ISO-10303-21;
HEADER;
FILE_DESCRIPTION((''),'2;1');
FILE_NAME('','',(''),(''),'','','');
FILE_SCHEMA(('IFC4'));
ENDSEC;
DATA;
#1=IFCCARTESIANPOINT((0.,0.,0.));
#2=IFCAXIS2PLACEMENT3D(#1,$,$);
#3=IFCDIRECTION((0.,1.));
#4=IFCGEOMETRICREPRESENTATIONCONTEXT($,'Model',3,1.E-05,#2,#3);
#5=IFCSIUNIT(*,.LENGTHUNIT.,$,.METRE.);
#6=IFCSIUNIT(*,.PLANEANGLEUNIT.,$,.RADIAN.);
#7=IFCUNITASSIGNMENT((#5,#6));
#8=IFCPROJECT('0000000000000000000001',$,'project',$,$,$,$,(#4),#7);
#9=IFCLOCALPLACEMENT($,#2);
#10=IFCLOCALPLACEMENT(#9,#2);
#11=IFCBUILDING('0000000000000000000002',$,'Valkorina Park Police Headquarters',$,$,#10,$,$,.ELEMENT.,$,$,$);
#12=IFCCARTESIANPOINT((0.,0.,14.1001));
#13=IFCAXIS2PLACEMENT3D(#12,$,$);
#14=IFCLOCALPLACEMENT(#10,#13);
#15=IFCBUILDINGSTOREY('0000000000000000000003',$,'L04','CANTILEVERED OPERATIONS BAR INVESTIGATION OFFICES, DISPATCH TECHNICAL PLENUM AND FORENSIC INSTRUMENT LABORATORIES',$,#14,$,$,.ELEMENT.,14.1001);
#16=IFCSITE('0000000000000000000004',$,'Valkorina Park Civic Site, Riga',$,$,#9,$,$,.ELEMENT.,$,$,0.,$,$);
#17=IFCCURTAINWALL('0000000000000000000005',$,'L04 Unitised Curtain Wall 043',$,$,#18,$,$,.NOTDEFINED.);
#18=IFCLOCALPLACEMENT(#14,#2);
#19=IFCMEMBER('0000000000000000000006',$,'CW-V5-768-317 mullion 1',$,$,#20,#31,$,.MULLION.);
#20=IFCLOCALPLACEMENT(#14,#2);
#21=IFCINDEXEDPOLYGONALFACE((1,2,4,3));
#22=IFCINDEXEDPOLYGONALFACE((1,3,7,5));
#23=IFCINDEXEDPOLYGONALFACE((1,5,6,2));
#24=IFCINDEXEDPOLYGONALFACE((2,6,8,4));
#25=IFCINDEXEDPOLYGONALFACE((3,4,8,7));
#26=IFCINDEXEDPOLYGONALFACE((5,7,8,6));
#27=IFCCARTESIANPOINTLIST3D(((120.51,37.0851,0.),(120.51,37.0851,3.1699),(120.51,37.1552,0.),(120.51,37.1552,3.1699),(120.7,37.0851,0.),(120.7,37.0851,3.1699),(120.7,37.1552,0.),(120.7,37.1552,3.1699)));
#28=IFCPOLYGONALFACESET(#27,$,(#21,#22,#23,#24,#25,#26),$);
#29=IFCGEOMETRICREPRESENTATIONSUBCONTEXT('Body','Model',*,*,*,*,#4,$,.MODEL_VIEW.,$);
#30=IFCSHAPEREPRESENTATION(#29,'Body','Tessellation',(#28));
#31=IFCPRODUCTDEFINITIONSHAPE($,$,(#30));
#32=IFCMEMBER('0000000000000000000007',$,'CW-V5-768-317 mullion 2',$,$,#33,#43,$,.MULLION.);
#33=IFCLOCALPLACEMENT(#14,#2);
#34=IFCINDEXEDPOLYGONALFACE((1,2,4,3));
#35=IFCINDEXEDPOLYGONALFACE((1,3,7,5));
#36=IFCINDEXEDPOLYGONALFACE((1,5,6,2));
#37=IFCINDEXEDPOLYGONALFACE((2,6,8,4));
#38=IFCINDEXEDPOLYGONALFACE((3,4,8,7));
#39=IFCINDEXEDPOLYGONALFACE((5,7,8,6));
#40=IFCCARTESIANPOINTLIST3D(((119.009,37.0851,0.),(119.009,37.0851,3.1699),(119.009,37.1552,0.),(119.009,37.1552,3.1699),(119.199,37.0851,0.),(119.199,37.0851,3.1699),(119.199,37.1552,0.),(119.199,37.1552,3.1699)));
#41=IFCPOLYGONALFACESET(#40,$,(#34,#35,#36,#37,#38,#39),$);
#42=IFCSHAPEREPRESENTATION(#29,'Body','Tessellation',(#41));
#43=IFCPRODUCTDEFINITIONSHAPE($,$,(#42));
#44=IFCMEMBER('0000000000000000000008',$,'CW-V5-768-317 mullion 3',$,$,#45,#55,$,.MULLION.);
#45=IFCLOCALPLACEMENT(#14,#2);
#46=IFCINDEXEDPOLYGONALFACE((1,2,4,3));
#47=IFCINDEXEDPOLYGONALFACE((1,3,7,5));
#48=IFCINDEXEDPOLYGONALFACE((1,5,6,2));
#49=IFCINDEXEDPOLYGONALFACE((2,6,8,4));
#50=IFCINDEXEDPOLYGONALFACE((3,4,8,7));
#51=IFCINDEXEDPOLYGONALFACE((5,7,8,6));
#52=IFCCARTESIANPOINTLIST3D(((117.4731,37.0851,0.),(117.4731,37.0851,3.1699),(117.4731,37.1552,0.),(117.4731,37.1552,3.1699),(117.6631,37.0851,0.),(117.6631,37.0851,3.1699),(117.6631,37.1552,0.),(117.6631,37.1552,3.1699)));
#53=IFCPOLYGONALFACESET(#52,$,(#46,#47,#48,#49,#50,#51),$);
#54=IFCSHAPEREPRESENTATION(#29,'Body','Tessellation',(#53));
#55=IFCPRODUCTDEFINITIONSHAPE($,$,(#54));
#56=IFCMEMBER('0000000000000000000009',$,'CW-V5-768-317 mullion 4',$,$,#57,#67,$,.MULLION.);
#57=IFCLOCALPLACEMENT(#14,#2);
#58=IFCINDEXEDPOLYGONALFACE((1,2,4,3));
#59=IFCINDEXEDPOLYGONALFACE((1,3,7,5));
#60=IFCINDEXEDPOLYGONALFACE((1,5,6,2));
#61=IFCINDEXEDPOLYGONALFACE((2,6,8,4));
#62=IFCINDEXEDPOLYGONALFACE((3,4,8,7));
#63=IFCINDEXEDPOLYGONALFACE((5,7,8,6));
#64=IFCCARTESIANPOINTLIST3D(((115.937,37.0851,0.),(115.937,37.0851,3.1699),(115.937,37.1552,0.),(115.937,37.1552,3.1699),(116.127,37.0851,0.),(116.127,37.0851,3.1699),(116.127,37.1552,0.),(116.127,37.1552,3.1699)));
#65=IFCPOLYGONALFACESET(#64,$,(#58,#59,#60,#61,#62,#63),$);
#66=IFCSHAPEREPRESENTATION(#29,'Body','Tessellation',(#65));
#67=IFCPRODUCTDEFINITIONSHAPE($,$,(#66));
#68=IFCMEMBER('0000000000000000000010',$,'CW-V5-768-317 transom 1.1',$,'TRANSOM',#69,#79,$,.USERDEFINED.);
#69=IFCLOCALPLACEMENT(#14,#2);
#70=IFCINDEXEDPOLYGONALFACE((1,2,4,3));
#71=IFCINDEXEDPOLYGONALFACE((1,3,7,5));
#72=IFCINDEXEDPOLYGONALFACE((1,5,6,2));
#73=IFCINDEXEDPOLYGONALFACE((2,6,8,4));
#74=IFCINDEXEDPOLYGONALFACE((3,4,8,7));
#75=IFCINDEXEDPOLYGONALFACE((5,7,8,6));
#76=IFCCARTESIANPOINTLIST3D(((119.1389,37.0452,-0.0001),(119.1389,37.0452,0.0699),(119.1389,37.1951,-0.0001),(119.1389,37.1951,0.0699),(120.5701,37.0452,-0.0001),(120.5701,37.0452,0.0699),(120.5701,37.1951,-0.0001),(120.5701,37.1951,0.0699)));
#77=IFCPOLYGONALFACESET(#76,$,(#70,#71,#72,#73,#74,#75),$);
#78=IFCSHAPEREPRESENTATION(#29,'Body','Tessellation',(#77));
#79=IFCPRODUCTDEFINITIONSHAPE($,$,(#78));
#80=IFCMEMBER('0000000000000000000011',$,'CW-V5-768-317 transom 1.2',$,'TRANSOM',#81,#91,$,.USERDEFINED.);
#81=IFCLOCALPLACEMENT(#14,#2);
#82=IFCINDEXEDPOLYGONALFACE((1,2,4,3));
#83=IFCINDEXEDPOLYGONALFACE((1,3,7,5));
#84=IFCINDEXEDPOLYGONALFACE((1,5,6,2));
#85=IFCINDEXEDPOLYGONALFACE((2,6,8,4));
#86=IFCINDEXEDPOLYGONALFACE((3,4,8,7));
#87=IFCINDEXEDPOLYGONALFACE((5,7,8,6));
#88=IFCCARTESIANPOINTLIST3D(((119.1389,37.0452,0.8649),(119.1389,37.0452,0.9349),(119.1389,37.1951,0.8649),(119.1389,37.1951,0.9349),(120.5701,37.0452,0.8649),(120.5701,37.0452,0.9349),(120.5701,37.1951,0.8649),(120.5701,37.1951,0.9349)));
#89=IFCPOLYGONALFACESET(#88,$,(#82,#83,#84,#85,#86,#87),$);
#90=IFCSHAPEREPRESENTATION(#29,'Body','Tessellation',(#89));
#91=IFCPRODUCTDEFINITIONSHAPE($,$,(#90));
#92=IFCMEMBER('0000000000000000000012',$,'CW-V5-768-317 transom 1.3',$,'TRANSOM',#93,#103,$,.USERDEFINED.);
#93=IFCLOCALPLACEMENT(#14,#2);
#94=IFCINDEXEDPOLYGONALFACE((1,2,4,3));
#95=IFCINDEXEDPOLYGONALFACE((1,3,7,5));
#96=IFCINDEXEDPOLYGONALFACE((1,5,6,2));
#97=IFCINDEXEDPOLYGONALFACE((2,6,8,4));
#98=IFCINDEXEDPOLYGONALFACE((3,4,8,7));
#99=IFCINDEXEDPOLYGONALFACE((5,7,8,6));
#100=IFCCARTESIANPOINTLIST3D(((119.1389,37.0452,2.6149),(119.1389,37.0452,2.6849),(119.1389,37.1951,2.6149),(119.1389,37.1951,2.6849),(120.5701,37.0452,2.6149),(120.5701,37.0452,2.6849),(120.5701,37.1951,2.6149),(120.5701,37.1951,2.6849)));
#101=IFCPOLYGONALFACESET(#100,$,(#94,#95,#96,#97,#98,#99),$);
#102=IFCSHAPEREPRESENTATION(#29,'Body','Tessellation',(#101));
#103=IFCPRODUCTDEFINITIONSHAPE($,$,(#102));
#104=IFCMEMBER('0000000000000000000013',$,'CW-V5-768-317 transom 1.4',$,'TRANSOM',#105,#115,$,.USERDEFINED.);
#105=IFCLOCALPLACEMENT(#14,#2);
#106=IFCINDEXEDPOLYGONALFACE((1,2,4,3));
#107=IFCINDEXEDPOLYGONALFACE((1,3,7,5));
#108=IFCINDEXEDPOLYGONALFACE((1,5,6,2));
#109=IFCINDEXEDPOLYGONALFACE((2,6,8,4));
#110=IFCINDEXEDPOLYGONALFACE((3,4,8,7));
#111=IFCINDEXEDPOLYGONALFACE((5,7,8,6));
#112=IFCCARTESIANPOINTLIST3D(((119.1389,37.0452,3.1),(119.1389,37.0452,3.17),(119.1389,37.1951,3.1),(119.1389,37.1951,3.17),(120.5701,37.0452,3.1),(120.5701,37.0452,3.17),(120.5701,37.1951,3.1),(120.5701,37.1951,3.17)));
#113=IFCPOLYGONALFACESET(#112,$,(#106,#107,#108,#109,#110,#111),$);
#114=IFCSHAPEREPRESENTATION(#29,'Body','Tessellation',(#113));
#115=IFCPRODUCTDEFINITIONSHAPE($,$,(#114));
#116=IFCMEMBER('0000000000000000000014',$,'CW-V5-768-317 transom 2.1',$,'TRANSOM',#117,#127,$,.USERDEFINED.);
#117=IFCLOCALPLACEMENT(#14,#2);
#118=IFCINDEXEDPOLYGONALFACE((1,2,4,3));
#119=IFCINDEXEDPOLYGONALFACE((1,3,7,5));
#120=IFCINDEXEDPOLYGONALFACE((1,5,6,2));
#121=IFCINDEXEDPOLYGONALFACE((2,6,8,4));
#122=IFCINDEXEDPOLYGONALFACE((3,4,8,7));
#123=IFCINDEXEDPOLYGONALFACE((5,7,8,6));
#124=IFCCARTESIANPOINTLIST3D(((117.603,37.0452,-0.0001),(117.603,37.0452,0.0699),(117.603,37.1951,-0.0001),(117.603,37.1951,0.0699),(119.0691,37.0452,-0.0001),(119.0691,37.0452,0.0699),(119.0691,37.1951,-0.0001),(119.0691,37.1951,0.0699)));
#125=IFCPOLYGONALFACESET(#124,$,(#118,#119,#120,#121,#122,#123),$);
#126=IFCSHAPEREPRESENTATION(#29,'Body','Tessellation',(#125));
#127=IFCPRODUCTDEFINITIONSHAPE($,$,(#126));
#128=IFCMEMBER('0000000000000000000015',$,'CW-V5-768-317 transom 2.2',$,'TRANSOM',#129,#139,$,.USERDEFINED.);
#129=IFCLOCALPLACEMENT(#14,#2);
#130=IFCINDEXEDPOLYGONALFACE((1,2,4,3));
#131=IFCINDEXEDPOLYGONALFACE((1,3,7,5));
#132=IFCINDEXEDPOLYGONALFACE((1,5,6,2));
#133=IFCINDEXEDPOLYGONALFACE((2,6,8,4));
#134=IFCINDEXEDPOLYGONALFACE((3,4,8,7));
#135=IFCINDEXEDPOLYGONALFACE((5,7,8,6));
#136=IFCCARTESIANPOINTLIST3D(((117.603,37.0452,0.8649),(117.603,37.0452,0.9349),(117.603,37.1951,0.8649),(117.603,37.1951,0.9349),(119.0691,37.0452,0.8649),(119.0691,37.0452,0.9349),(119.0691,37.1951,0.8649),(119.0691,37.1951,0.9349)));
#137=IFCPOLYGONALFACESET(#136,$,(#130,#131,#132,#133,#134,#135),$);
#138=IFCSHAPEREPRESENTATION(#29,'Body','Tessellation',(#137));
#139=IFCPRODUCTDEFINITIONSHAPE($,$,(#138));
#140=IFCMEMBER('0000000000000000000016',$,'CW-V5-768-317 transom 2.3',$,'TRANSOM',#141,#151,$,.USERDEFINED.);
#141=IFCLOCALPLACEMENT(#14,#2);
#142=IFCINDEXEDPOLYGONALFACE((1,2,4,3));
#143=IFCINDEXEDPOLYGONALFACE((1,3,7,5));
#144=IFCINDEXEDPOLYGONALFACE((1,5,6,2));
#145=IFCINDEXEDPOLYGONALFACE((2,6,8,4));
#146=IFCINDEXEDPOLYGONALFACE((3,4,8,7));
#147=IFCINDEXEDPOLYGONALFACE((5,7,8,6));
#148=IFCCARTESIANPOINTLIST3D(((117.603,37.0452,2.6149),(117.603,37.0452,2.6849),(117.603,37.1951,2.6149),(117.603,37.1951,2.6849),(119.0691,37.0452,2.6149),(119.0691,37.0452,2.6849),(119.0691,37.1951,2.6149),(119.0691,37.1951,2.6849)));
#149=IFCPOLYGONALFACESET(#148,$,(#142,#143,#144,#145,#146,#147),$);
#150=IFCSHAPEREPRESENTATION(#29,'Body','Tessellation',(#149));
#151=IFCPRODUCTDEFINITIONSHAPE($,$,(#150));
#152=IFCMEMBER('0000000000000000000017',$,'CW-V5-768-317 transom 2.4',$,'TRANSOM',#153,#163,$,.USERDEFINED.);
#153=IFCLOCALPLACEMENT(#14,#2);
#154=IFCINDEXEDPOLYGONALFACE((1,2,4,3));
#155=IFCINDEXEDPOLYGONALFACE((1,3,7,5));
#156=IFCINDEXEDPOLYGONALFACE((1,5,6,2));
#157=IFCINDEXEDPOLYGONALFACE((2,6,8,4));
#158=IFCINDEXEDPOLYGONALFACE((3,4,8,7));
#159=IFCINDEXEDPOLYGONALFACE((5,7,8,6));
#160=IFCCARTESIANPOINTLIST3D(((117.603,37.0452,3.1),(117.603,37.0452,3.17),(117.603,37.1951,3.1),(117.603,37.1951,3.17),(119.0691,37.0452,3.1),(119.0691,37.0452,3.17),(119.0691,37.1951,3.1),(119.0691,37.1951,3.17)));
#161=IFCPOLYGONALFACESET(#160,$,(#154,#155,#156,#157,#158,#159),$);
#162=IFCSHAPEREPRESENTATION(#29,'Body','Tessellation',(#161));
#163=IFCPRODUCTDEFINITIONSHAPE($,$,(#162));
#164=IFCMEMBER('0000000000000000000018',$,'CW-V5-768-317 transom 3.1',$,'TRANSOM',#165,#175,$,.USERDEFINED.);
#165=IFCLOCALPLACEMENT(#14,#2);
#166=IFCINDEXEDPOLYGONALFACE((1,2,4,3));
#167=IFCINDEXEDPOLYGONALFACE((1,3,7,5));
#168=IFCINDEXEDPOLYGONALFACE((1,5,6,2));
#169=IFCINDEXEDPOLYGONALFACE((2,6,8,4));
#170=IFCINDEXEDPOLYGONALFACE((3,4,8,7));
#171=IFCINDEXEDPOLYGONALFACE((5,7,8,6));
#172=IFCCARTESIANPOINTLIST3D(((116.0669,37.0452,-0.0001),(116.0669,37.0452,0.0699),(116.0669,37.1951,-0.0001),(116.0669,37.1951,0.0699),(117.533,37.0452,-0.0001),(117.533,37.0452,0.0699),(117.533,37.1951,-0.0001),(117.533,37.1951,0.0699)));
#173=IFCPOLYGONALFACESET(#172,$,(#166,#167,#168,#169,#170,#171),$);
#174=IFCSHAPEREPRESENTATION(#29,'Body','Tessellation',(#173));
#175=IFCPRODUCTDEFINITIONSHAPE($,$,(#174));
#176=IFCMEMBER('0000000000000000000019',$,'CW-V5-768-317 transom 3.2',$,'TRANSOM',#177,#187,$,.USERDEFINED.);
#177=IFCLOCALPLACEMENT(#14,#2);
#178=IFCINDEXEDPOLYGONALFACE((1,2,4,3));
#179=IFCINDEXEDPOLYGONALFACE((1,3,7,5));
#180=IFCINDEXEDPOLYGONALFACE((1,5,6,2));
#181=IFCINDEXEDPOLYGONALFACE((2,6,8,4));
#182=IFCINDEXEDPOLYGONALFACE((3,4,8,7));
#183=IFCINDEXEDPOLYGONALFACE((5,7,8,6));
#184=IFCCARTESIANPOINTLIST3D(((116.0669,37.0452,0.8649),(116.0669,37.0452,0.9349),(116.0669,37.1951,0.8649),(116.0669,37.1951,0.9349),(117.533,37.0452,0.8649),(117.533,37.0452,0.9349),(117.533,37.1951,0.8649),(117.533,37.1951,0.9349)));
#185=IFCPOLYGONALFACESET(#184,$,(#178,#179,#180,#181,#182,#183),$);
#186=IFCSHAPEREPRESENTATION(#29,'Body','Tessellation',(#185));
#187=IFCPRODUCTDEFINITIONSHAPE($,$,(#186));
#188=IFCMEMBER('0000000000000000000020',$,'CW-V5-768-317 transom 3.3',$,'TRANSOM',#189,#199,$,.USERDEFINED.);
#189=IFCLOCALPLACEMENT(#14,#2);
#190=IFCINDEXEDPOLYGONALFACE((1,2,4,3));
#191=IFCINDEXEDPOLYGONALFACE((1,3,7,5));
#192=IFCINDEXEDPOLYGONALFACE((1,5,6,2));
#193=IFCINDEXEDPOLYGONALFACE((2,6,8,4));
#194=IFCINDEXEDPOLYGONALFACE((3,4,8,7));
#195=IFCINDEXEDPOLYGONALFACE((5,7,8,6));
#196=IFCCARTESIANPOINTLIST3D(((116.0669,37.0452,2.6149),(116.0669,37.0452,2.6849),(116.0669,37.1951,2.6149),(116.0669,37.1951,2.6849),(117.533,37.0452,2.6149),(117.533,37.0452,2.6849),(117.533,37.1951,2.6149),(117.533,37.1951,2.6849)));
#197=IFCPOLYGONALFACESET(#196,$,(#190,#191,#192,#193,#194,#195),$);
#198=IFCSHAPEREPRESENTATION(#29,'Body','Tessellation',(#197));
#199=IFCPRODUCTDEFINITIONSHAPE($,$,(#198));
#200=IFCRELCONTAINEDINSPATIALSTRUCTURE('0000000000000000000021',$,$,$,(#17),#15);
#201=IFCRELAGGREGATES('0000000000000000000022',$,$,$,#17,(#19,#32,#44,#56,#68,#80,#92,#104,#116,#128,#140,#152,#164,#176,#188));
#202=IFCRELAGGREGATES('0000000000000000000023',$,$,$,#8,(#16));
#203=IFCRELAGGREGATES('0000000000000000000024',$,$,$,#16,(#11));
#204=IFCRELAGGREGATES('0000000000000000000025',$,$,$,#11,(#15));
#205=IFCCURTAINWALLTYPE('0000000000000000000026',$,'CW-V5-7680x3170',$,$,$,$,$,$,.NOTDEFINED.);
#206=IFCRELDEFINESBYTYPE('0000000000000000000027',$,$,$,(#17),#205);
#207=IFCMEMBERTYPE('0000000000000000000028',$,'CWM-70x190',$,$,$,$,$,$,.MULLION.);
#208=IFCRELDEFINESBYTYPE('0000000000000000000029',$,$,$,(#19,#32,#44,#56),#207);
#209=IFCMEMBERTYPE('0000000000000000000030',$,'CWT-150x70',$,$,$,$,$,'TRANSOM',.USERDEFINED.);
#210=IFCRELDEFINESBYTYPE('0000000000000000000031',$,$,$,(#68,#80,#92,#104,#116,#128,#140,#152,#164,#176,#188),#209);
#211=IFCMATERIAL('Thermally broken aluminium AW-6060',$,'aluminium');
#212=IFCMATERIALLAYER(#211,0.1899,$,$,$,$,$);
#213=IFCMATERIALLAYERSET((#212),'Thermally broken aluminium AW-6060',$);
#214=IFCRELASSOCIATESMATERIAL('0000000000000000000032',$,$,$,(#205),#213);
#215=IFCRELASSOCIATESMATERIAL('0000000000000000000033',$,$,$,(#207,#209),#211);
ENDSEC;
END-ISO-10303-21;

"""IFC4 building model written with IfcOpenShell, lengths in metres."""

from ifc_helpers import new_model, si_unit, direction, frame, origin, origin_2d, place, context, subcontext, project, spatial, rectangle, extrude, material, layer, layer_set, material_profile, profile_set, type_object, element, aggregate, save


model = new_model("IFC4")

# Units and contexts
model_context = context("Model", 3, precision=1e-05, world=origin(), true_north=direction((0.0, 1.0)))
body_context = subcontext(model_context, "Body", "Model", "MODEL_VIEW")
ifc_project = project(units=[si_unit("LENGTHUNIT", "METRE"), si_unit("PLANEANGLEUNIT", "RADIAN")], contexts=[model_context])

# Site, building, storey
site_placement = place(None, origin())
site = spatial("IfcSite", under=ifc_project, at=site_placement, Name="Valkorina Park Civic Site, Riga", CompositionType="ELEMENT", RefElevation=0.0)
building_placement = place(site_placement, origin())
building = spatial("IfcBuilding", under=site, at=building_placement, Name="Valkorina Park Police Headquarters", CompositionType="ELEMENT")
storey_placement = place(building_placement, frame((0.0, 0.0, 14.1001)))
storey = spatial("IfcBuildingStorey", under=building, at=storey_placement, Name="L04", Description="CANTILEVERED OPERATIONS BAR INVESTIGATION OFFICES, DISPATCH TECHNICAL PLENUM AND FORENSIC INSTRUMENT LABORATORIES", CompositionType="ELEMENT", Elevation=14.1001)

# Curtain wall, members
ifc_material_1 = material(Name="Thermally broken aluminium AW-6060", Category="aluminium")
ifc_layer_1 = layer(ifc_material_1, 0.1899)
ifc_layer_set_1 = layer_set([ifc_layer_1], Name="Thermally broken aluminium AW-6060")
curtain_wall_type = type_object("IfcCurtainWallType", Name="CW-V5-7680x3170", PredefinedType="NOTDEFINED", material=ifc_layer_set_1)
curtain_wall_placement = place(storey_placement, origin())
curtain_wall = element("IfcCurtainWall", 1, at=curtain_wall_placement, inside=storey, type_object=curtain_wall_type, Name="L04 Unitised Curtain Wall 043", PredefinedType="NOTDEFINED")
ifc_material_profile_1 = material_profile(ifc_material_1, rectangle(XDim=0.0701, YDim=0.1899, at=origin_2d()), Name="CWM-02 70x190")
ifc_profile_set_1 = profile_set([ifc_material_profile_1], Name="Thermally broken aluminium AW-6060")
member_type_1 = type_object("IfcMemberType", Name="CWM-70x190", PredefinedType="MULLION", material=ifc_profile_set_1)
member_1_placement = place(storey_placement, frame((120.605, 37.1201, 0.0), z_axis=(0.0, 0.0, 1.0), x_axis=(0.0, -1.0, 0.0)))
member_1 = element("IfcMember", 2, at=member_1_placement, type_object=member_type_1, Name="CW-V5-768-317 mullion 1", PredefinedType="MULLION", context=body_context, shape_type="SweptSolid", body=[
    extrude(rectangle(XDim=0.0701, YDim=0.1899, at=origin_2d()), origin(), (0.0, 0.0, 1.0), 3.1699),
])
member_2_placement = place(storey_placement, frame((119.104, 37.1201, 0.0), z_axis=(0.0, 0.0, 1.0), x_axis=(0.0, -1.0, 0.0)))
member_2 = element("IfcMember", 3, at=member_2_placement, type_object=member_type_1, Name="CW-V5-768-317 mullion 2", PredefinedType="MULLION", context=body_context, shape_type="SweptSolid", body=[
    extrude(rectangle(XDim=0.0701, YDim=0.1899, at=origin_2d()), origin(), (0.0, 0.0, 1.0), 3.1699),
])
member_3_placement = place(storey_placement, frame((117.5681, 37.1201, 0.0), z_axis=(0.0, 0.0, 1.0), x_axis=(0.0, -1.0, 0.0)))
member_3 = element("IfcMember", 4, at=member_3_placement, type_object=member_type_1, Name="CW-V5-768-317 mullion 3", PredefinedType="MULLION", context=body_context, shape_type="SweptSolid", body=[
    extrude(rectangle(XDim=0.0701, YDim=0.1899, at=origin_2d()), origin(), (0.0, 0.0, 1.0), 3.1699),
])
member_4_placement = place(storey_placement, frame((116.032, 37.1201, 0.0), z_axis=(0.0, 0.0, 1.0), x_axis=(0.0, -1.0, 0.0)))
member_4 = element("IfcMember", 5, at=member_4_placement, type_object=member_type_1, Name="CW-V5-768-317 mullion 4", PredefinedType="MULLION", context=body_context, shape_type="SweptSolid", body=[
    extrude(rectangle(XDim=0.0701, YDim=0.1899, at=origin_2d()), origin(), (0.0, 0.0, 1.0), 3.1699),
])
ifc_material_profile_2 = material_profile(ifc_material_1, rectangle(XDim=0.1499, YDim=0.0701, at=origin_2d()), Name="CWT-02 150x70")
ifc_profile_set_2 = profile_set([ifc_material_profile_2], Name="Thermally broken aluminium AW-6060")
member_type_2 = type_object("IfcMemberType", Name="CWT-150x70", ElementType="TRANSOM", PredefinedType="USERDEFINED", material=ifc_profile_set_2)
member_5_placement = place(storey_placement, frame((120.5701, 37.1201, 0.0349), z_axis=(-1.0, 0.0, 0.0), x_axis=(0.0, -1.0, 0.0)))
member_5 = element("IfcMember", 6, at=member_5_placement, type_object=member_type_2, Name="CW-V5-768-317 transom 1.1", ObjectType="TRANSOM", PredefinedType="USERDEFINED", context=body_context, shape_type="SweptSolid", body=[
    extrude(rectangle(XDim=0.1499, YDim=0.0701, at=origin_2d()), origin(), (0.0, 0.0, 1.0), 1.4312),
])
member_6_placement = place(storey_placement, frame((120.5701, 37.1201, 0.8999), z_axis=(-1.0, 0.0, 0.0), x_axis=(0.0, -1.0, 0.0)))
member_6 = element("IfcMember", 7, at=member_6_placement, type_object=member_type_2, Name="CW-V5-768-317 transom 1.2", ObjectType="TRANSOM", PredefinedType="USERDEFINED", context=body_context, shape_type="SweptSolid", body=[
    extrude(rectangle(XDim=0.1499, YDim=0.0701, at=origin_2d()), origin(), (0.0, 0.0, 1.0), 1.4312),
])
member_7_placement = place(storey_placement, frame((120.5701, 37.1201, 2.6499), z_axis=(-1.0, 0.0, 0.0), x_axis=(0.0, -1.0, 0.0)))
member_7 = element("IfcMember", 8, at=member_7_placement, type_object=member_type_2, Name="CW-V5-768-317 transom 1.3", ObjectType="TRANSOM", PredefinedType="USERDEFINED", context=body_context, shape_type="SweptSolid", body=[
    extrude(rectangle(XDim=0.1499, YDim=0.0701, at=origin_2d()), origin(), (0.0, 0.0, 1.0), 1.4312),
])
member_8_placement = place(storey_placement, frame((120.5701, 37.1201, 3.135), z_axis=(-1.0, 0.0, 0.0), x_axis=(0.0, -1.0, 0.0)))
member_8 = element("IfcMember", 9, at=member_8_placement, type_object=member_type_2, Name="CW-V5-768-317 transom 1.4", ObjectType="TRANSOM", PredefinedType="USERDEFINED", context=body_context, shape_type="SweptSolid", body=[
    extrude(rectangle(XDim=0.1499, YDim=0.0701, at=origin_2d()), origin(), (0.0, 0.0, 1.0), 1.4312),
])
member_9_placement = place(storey_placement, frame((119.0691, 37.1201, 0.0349), z_axis=(-1.0, 0.0, 0.0), x_axis=(0.0, -1.0, 0.0)))
member_9 = element("IfcMember", 10, at=member_9_placement, type_object=member_type_2, Name="CW-V5-768-317 transom 2.1", ObjectType="TRANSOM", PredefinedType="USERDEFINED", context=body_context, shape_type="SweptSolid", body=[
    extrude(rectangle(XDim=0.1499, YDim=0.0701, at=origin_2d()), origin(), (0.0, 0.0, 1.0), 1.4661),
])
member_10_placement = place(storey_placement, frame((119.0691, 37.1201, 0.8999), z_axis=(-1.0, 0.0, 0.0), x_axis=(0.0, -1.0, 0.0)))
member_10 = element("IfcMember", 11, at=member_10_placement, type_object=member_type_2, Name="CW-V5-768-317 transom 2.2", ObjectType="TRANSOM", PredefinedType="USERDEFINED", context=body_context, shape_type="SweptSolid", body=[
    extrude(rectangle(XDim=0.1499, YDim=0.0701, at=origin_2d()), origin(), (0.0, 0.0, 1.0), 1.4661),
])
member_11_placement = place(storey_placement, frame((119.0691, 37.1201, 2.6499), z_axis=(-1.0, 0.0, 0.0), x_axis=(0.0, -1.0, 0.0)))
member_11 = element("IfcMember", 12, at=member_11_placement, type_object=member_type_2, Name="CW-V5-768-317 transom 2.3", ObjectType="TRANSOM", PredefinedType="USERDEFINED", context=body_context, shape_type="SweptSolid", body=[
    extrude(rectangle(XDim=0.1499, YDim=0.0701, at=origin_2d()), origin(), (0.0, 0.0, 1.0), 1.4661),
])
member_12_placement = place(storey_placement, frame((119.0691, 37.1201, 3.135), z_axis=(-1.0, 0.0, 0.0), x_axis=(0.0, -1.0, 0.0)))
member_12 = element("IfcMember", 13, at=member_12_placement, type_object=member_type_2, Name="CW-V5-768-317 transom 2.4", ObjectType="TRANSOM", PredefinedType="USERDEFINED", context=body_context, shape_type="SweptSolid", body=[
    extrude(rectangle(XDim=0.1499, YDim=0.0701, at=origin_2d()), origin(), (0.0, 0.0, 1.0), 1.4661),
])
member_13_placement = place(storey_placement, frame((117.533, 37.1201, 0.0349), z_axis=(-1.0, 0.0, 0.0), x_axis=(0.0, -1.0, 0.0)))
member_13 = element("IfcMember", 14, at=member_13_placement, type_object=member_type_2, Name="CW-V5-768-317 transom 3.1", ObjectType="TRANSOM", PredefinedType="USERDEFINED", context=body_context, shape_type="SweptSolid", body=[
    extrude(rectangle(XDim=0.1499, YDim=0.0701, at=origin_2d()), origin(), (0.0, 0.0, 1.0), 1.4661),
])
member_14_placement = place(storey_placement, frame((117.533, 37.1201, 0.8999), z_axis=(-1.0, 0.0, 0.0), x_axis=(0.0, -1.0, 0.0)))
member_14 = element("IfcMember", 15, at=member_14_placement, type_object=member_type_2, Name="CW-V5-768-317 transom 3.2", ObjectType="TRANSOM", PredefinedType="USERDEFINED", context=body_context, shape_type="SweptSolid", body=[
    extrude(rectangle(XDim=0.1499, YDim=0.0701, at=origin_2d()), origin(), (0.0, 0.0, 1.0), 1.4661),
])
member_15_placement = place(storey_placement, frame((117.533, 37.1201, 2.6499), z_axis=(-1.0, 0.0, 0.0), x_axis=(0.0, -1.0, 0.0)))
member_15 = element("IfcMember", 16, at=member_15_placement, type_object=member_type_2, Name="CW-V5-768-317 transom 3.3", ObjectType="TRANSOM", PredefinedType="USERDEFINED", context=body_context, shape_type="SweptSolid", body=[
    extrude(rectangle(XDim=0.1499, YDim=0.0701, at=origin_2d()), origin(), (0.0, 0.0, 1.0), 1.4661),
])
aggregate(curtain_wall, [member_1, member_2, member_3, member_4, member_5, member_6, member_7, member_8, member_9, member_10, member_11, member_12, member_13, member_14, member_15])

save(model, "model.ifc")
